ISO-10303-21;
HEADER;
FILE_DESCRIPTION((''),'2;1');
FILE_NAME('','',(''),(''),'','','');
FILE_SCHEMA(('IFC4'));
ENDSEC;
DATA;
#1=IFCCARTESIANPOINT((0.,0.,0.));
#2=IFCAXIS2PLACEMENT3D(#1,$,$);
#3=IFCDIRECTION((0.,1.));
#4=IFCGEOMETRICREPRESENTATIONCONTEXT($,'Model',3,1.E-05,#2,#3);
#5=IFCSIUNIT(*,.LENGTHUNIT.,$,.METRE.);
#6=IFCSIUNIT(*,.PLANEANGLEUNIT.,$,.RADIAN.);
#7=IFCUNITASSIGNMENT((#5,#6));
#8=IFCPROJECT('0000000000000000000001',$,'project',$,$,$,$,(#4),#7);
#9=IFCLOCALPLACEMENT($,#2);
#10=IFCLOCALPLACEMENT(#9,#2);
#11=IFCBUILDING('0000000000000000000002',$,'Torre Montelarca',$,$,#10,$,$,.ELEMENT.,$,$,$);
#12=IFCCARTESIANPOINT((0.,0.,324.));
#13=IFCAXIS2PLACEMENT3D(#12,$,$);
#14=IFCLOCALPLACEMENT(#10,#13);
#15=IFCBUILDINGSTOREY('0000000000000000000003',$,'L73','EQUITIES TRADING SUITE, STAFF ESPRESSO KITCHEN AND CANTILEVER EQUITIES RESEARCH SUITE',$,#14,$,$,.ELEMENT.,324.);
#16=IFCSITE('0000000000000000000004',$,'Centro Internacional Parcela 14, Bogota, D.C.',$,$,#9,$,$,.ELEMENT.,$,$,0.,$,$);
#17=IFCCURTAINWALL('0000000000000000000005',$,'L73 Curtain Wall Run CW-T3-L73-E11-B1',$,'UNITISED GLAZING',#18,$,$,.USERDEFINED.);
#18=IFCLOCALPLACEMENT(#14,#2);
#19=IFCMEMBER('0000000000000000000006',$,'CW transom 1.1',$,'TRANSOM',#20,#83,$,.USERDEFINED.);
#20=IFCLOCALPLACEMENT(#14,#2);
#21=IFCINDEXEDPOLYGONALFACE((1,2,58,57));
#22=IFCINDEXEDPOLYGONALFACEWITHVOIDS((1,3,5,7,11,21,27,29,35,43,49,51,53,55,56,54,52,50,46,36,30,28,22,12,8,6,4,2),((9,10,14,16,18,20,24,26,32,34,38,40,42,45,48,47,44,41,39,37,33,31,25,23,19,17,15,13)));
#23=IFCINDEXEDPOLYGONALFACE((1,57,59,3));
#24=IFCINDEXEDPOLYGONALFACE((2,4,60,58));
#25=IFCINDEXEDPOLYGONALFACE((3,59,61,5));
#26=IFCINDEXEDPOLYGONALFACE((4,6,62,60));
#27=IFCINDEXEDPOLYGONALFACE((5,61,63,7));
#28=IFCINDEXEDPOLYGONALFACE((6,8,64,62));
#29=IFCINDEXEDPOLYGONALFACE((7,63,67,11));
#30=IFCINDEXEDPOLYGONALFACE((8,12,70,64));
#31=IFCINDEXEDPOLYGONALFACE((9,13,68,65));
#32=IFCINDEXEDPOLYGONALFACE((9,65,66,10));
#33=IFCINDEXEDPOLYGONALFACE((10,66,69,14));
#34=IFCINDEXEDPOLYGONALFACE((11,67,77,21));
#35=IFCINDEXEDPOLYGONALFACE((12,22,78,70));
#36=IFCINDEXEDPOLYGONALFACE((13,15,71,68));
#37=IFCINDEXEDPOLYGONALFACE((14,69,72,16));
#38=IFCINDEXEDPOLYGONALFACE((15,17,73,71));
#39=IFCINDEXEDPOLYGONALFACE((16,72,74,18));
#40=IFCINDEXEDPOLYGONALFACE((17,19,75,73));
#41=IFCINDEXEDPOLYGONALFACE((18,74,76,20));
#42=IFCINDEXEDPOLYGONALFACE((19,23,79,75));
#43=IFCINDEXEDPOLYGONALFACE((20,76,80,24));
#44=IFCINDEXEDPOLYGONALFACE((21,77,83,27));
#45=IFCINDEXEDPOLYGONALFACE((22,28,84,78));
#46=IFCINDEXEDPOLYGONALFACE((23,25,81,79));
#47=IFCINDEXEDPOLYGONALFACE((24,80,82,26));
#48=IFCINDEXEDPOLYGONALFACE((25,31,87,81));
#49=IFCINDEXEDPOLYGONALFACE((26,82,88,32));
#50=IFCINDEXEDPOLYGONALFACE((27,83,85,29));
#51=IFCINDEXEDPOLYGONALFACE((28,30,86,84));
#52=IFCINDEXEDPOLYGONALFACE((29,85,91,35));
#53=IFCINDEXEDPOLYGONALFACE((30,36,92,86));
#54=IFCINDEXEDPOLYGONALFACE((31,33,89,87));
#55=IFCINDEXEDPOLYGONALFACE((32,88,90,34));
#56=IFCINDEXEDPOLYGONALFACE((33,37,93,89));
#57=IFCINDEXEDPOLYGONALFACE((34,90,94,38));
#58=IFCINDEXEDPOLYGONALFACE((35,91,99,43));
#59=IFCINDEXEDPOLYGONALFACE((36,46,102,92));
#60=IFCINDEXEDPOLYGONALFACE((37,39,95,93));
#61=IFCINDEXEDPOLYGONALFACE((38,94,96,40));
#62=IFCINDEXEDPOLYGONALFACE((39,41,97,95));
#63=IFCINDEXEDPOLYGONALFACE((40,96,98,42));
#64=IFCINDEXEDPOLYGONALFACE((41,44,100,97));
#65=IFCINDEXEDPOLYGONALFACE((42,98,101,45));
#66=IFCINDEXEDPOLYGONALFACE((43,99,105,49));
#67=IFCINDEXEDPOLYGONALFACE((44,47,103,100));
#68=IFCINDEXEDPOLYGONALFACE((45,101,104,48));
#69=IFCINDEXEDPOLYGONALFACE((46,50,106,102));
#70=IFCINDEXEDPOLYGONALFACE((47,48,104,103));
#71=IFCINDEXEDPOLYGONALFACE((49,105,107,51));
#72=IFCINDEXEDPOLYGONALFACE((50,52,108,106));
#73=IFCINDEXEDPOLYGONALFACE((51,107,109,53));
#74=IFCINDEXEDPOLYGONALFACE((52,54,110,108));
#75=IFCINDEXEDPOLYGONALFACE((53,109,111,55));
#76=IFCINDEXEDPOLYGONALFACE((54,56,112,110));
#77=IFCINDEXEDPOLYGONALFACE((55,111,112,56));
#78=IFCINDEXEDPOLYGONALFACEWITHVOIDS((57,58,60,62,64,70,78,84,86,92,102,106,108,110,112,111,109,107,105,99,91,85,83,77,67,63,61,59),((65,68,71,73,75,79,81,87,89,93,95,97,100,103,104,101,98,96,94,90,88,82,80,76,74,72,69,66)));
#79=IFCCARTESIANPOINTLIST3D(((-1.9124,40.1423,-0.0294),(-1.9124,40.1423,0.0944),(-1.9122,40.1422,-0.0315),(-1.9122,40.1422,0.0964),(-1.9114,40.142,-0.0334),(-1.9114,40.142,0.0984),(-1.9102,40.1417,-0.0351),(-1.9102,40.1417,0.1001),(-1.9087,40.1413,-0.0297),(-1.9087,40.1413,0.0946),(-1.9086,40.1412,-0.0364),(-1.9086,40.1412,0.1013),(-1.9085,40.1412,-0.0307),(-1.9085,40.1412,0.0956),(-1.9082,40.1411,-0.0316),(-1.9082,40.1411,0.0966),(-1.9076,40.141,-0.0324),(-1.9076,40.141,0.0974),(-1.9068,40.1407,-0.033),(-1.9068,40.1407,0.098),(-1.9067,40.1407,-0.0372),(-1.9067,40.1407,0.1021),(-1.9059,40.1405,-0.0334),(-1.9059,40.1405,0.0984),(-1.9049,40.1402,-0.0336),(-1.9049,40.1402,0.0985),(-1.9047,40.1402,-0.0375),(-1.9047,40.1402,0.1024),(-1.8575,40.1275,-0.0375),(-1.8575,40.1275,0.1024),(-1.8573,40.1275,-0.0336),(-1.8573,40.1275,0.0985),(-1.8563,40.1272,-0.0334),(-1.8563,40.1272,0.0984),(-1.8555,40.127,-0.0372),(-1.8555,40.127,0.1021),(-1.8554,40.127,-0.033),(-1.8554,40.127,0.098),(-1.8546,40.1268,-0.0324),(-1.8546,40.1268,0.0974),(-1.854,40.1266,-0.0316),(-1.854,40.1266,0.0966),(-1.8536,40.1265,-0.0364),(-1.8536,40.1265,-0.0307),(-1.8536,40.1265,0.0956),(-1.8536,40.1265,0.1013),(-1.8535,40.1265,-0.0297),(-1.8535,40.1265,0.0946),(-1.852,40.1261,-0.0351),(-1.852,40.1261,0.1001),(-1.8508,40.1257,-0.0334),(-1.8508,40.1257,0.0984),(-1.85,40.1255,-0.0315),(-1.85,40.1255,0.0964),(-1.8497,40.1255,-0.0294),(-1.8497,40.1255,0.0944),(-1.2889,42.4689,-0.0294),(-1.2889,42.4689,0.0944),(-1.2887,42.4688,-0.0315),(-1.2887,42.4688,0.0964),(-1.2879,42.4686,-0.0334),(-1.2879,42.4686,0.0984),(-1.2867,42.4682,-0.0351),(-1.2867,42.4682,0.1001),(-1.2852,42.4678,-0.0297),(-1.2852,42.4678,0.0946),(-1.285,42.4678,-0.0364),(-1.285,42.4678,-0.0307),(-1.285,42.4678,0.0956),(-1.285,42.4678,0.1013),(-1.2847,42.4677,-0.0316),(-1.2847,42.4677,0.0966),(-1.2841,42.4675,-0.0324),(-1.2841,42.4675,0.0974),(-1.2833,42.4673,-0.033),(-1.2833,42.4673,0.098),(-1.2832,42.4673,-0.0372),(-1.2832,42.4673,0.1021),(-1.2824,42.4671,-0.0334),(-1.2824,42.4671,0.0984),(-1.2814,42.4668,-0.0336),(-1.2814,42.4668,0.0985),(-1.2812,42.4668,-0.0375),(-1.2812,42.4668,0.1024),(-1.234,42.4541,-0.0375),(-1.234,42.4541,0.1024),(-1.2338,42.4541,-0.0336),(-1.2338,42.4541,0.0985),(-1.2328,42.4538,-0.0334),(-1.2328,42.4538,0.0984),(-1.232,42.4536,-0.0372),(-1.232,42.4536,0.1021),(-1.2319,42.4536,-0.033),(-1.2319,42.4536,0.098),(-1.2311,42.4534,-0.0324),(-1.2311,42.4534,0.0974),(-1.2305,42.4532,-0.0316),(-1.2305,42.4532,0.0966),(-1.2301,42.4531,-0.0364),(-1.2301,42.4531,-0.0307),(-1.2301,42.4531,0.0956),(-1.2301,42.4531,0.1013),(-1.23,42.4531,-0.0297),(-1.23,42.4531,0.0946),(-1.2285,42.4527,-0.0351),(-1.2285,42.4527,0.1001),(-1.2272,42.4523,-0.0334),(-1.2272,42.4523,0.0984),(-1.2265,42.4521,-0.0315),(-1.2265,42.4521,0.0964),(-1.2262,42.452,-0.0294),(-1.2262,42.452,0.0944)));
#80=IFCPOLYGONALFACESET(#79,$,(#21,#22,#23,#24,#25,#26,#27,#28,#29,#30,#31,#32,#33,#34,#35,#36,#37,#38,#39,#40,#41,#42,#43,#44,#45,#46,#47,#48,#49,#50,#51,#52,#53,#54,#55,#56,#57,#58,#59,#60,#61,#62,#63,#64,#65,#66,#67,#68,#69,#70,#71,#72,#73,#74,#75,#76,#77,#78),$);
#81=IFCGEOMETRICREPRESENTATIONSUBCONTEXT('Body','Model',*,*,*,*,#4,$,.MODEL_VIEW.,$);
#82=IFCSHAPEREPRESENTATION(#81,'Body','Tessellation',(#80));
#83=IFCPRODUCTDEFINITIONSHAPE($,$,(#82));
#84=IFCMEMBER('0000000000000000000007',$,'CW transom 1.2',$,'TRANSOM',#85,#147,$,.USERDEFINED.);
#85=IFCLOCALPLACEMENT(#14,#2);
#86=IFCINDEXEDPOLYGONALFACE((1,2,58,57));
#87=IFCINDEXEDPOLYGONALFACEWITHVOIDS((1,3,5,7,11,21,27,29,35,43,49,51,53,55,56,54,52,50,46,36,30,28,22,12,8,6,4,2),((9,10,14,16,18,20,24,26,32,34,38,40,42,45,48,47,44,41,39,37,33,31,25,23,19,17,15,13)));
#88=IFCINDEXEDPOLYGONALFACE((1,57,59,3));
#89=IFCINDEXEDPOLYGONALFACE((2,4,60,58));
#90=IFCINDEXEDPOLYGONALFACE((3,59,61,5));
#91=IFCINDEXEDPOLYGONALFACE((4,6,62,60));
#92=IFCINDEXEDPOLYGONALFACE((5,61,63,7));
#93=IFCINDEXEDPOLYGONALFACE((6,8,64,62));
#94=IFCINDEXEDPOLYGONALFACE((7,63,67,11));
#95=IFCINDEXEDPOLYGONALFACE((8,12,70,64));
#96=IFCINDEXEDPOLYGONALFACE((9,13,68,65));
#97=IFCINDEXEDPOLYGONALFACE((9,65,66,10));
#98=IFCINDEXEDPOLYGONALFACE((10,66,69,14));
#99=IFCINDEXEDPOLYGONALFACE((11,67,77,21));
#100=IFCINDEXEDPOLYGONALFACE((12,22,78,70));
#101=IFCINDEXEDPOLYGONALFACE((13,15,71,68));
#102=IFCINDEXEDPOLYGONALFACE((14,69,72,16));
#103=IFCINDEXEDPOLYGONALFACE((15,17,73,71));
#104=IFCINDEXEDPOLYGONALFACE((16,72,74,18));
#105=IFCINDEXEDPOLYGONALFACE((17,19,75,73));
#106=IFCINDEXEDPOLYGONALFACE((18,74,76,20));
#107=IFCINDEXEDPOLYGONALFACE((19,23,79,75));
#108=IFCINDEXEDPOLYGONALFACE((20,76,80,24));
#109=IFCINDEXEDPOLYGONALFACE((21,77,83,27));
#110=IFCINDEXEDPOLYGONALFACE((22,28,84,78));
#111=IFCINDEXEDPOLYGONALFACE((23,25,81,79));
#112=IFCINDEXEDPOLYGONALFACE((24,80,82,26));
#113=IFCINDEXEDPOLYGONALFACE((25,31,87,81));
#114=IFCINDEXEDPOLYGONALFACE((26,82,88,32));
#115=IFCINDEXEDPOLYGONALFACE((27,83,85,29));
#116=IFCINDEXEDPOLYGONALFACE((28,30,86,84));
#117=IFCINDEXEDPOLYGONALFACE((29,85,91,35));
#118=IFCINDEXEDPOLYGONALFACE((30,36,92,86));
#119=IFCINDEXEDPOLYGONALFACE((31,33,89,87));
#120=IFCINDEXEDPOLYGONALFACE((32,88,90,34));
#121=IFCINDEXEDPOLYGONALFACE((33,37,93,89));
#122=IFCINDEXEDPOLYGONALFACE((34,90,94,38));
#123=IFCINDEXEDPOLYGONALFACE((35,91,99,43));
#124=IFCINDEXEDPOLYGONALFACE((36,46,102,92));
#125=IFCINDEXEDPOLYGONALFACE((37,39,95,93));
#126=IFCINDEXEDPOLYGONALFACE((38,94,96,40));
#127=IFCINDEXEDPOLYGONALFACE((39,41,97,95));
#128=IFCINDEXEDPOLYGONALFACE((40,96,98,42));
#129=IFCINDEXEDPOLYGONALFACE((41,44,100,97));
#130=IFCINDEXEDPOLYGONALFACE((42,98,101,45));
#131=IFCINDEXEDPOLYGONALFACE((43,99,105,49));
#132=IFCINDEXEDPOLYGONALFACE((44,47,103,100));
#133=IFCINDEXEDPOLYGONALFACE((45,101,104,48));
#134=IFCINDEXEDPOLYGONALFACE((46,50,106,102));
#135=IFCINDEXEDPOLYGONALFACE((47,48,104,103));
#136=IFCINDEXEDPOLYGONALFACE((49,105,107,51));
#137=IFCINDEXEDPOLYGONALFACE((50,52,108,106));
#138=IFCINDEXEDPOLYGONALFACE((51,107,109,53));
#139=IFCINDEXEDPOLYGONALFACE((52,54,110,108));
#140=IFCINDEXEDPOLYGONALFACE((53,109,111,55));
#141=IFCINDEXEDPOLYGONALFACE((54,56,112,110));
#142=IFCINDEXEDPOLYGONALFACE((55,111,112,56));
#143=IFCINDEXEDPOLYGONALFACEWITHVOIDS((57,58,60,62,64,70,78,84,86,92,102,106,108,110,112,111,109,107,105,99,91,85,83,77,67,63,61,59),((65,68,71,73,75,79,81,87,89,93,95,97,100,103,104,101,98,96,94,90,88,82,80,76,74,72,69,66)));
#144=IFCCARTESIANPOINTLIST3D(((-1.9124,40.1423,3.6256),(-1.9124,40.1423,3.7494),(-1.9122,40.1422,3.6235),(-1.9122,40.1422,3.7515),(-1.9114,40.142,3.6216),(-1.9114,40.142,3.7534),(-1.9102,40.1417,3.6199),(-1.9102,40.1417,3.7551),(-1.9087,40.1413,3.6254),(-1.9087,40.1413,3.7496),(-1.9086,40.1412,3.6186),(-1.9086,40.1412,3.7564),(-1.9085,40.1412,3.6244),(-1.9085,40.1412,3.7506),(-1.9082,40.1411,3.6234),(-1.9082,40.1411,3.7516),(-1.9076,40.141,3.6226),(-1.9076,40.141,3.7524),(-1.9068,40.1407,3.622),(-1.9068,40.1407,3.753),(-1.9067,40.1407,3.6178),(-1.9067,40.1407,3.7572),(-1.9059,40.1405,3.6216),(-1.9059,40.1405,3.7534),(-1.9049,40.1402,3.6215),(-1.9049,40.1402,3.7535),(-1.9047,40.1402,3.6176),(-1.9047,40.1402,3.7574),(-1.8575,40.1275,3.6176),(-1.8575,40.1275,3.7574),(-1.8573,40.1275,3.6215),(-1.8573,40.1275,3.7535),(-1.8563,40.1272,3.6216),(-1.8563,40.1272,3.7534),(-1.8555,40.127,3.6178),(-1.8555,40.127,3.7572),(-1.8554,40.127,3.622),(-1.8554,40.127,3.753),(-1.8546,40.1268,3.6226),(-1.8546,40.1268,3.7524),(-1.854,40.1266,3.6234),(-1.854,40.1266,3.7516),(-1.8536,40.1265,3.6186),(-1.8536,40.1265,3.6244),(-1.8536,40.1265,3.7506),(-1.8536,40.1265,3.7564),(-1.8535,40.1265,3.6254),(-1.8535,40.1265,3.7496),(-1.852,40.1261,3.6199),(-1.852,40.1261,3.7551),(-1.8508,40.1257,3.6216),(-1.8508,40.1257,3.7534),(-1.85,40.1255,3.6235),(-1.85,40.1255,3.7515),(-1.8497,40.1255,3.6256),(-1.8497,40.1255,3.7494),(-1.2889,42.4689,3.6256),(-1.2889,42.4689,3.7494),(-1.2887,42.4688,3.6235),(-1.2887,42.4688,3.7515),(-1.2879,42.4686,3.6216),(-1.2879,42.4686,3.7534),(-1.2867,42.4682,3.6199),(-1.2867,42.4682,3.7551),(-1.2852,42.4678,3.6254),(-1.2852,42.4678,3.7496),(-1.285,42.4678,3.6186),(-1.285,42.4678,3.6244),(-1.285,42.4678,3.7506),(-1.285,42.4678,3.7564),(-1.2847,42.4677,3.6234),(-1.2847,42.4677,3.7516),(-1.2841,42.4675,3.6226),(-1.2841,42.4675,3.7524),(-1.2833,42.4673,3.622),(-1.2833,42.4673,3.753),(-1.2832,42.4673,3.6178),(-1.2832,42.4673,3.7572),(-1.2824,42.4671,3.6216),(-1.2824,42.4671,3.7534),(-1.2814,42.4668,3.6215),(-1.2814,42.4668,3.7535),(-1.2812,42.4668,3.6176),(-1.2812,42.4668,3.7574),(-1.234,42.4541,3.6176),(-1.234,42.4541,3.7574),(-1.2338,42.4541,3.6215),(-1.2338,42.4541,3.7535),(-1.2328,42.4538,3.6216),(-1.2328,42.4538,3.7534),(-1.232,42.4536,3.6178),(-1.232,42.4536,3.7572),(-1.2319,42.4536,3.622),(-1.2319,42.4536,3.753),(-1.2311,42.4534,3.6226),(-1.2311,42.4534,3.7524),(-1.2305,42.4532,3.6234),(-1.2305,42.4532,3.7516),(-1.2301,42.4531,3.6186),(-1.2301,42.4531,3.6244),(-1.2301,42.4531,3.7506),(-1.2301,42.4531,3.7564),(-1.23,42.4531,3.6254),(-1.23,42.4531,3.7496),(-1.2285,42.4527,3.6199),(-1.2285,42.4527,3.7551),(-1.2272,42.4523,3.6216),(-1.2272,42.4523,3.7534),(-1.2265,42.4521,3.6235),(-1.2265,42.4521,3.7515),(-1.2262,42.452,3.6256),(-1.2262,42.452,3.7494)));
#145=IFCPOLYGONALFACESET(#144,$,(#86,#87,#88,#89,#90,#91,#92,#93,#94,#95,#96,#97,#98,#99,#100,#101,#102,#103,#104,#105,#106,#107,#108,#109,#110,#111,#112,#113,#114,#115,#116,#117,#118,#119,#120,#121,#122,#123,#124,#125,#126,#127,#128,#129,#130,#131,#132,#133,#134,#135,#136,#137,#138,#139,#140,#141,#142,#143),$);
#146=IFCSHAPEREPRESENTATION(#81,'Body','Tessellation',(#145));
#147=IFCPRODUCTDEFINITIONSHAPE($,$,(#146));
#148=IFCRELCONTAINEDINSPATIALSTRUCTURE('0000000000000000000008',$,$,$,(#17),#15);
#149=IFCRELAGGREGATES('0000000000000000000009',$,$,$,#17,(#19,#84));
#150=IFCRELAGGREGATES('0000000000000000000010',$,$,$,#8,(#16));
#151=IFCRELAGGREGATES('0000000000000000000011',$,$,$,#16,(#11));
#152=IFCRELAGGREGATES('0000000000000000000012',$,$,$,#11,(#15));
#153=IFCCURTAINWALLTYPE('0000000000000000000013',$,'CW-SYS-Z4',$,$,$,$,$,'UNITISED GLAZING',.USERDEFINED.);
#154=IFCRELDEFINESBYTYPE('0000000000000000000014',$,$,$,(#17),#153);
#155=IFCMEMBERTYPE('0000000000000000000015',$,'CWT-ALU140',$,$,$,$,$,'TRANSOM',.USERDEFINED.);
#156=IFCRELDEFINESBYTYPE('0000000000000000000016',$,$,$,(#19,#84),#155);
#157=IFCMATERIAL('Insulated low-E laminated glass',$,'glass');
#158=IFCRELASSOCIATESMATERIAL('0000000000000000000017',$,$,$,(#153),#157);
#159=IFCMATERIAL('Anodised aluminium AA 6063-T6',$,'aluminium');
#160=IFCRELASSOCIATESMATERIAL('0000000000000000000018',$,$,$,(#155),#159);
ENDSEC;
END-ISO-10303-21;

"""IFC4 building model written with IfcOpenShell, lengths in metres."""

from ifc_helpers import new_model, si_unit, direction, frame, origin, origin_2d, place, context, subcontext, project, spatial, hollow_rectangle, extrude, source, transform, mapped, material, material_profile, profile_set, type_object, element, aggregate, save


model = new_model("IFC4")

# Units and contexts
model_context = context("Model", 3, precision=1e-05, world=origin(), true_north=direction((0.0, 1.0)))
body_context = subcontext(model_context, "Body", "Model", "MODEL_VIEW")
ifc_project = project(units=[si_unit("LENGTHUNIT", "METRE"), si_unit("PLANEANGLEUNIT", "RADIAN")], contexts=[model_context])

# Site, building, storey
site_placement = place(None, origin())
site = spatial("IfcSite", under=ifc_project, at=site_placement, Name="Centro Internacional Parcela 14, Bogota, D.C.", CompositionType="ELEMENT", RefElevation=0.0)
building_placement = place(site_placement, origin())
building = spatial("IfcBuilding", under=site, at=building_placement, Name="Torre Montelarca", CompositionType="ELEMENT")
storey_placement = place(building_placement, frame((0.0, 0.0, 324.0)))
storey = spatial("IfcBuildingStorey", under=building, at=storey_placement, Name="L73", Description="EQUITIES TRADING SUITE, STAFF ESPRESSO KITCHEN AND CANTILEVER EQUITIES RESEARCH SUITE", CompositionType="ELEMENT", Elevation=324.0)

# Curtain wall, members
ifc_material_1 = material(Name="Insulated low-E laminated glass", Category="glass")
curtain_wall_type = type_object("IfcCurtainWallType", Name="CW-SYS-Z4", ElementType="UNITISED GLAZING", PredefinedType="USERDEFINED", material=ifc_material_1)
ifc_material_2 = material(Name="Anodised aluminium AA 6063-T6", Category="aluminium")
curtain_wall_1_placement = place(storey_placement, origin())
curtain_wall_1 = element("IfcCurtainWall", 1, at=curtain_wall_1_placement, inside=storey, type_object=curtain_wall_type, Name="L73 Curtain Wall Run CW-T3-L73-E11-B1", ObjectType="UNITISED GLAZING", PredefinedType="USERDEFINED")
ifc_material_profile_1 = material_profile(ifc_material_2, hollow_rectangle(XDim=0.0649, YDim=0.1399, WallThickness=0.0039, InnerFilletRadius=0.0039, OuterFilletRadius=0.0081, at=origin_2d()), Name="ALU65X140X4", Category="aluminium")
ifc_profile_set_1 = profile_set([ifc_material_profile_1], Name="Anodised aluminium AA 6063-T6")
member_type_1 = type_object("IfcMemberType", Name="CWT-ALU140", ElementType="TRANSOM", PredefinedType="USERDEFINED", material=ifc_profile_set_1)
shared_shape_1 = source(origin(), body_context, "Body", "SweptSolid", [
    extrude(hollow_rectangle(XDim=0.0649, YDim=0.1399, WallThickness=0.0039, InnerFilletRadius=0.0039, OuterFilletRadius=0.0081, at=origin_2d()), origin(), (0.0, 0.0, 1.0), 2.4087),
])
member_1_placement = place(storey_placement, frame((-1.2576, 42.4604, 0.0325), z_axis=(-0.258861, -0.965915, 0.0), x_axis=(0.965915, -0.258861, 0.0)))
member_1 = element("IfcMember", 2, at=member_1_placement, type_object=member_type_1, Name="CW transom 1.1", ObjectType="TRANSOM", PredefinedType="USERDEFINED", context=body_context, shape_type="MappedRepresentation", body=[
    mapped(shared_shape_1, transform((0.0, 0.0, 0.0), scale=1.0)),
])
member_2_placement = place(storey_placement, frame((-1.2576, 42.4604, 3.6875), z_axis=(-0.258861, -0.965915, 0.0), x_axis=(0.965915, -0.258861, 0.0)))
member_2 = element("IfcMember", 3, at=member_2_placement, type_object=member_type_1, Name="CW transom 1.2", ObjectType="TRANSOM", PredefinedType="USERDEFINED", context=body_context, shape_type="MappedRepresentation", body=[
    mapped(shared_shape_1, transform((0.0, 0.0, 0.0), scale=1.0)),
])

aggregate(curtain_wall_1, [member_1, member_2])

save(model, "model.ifc")
